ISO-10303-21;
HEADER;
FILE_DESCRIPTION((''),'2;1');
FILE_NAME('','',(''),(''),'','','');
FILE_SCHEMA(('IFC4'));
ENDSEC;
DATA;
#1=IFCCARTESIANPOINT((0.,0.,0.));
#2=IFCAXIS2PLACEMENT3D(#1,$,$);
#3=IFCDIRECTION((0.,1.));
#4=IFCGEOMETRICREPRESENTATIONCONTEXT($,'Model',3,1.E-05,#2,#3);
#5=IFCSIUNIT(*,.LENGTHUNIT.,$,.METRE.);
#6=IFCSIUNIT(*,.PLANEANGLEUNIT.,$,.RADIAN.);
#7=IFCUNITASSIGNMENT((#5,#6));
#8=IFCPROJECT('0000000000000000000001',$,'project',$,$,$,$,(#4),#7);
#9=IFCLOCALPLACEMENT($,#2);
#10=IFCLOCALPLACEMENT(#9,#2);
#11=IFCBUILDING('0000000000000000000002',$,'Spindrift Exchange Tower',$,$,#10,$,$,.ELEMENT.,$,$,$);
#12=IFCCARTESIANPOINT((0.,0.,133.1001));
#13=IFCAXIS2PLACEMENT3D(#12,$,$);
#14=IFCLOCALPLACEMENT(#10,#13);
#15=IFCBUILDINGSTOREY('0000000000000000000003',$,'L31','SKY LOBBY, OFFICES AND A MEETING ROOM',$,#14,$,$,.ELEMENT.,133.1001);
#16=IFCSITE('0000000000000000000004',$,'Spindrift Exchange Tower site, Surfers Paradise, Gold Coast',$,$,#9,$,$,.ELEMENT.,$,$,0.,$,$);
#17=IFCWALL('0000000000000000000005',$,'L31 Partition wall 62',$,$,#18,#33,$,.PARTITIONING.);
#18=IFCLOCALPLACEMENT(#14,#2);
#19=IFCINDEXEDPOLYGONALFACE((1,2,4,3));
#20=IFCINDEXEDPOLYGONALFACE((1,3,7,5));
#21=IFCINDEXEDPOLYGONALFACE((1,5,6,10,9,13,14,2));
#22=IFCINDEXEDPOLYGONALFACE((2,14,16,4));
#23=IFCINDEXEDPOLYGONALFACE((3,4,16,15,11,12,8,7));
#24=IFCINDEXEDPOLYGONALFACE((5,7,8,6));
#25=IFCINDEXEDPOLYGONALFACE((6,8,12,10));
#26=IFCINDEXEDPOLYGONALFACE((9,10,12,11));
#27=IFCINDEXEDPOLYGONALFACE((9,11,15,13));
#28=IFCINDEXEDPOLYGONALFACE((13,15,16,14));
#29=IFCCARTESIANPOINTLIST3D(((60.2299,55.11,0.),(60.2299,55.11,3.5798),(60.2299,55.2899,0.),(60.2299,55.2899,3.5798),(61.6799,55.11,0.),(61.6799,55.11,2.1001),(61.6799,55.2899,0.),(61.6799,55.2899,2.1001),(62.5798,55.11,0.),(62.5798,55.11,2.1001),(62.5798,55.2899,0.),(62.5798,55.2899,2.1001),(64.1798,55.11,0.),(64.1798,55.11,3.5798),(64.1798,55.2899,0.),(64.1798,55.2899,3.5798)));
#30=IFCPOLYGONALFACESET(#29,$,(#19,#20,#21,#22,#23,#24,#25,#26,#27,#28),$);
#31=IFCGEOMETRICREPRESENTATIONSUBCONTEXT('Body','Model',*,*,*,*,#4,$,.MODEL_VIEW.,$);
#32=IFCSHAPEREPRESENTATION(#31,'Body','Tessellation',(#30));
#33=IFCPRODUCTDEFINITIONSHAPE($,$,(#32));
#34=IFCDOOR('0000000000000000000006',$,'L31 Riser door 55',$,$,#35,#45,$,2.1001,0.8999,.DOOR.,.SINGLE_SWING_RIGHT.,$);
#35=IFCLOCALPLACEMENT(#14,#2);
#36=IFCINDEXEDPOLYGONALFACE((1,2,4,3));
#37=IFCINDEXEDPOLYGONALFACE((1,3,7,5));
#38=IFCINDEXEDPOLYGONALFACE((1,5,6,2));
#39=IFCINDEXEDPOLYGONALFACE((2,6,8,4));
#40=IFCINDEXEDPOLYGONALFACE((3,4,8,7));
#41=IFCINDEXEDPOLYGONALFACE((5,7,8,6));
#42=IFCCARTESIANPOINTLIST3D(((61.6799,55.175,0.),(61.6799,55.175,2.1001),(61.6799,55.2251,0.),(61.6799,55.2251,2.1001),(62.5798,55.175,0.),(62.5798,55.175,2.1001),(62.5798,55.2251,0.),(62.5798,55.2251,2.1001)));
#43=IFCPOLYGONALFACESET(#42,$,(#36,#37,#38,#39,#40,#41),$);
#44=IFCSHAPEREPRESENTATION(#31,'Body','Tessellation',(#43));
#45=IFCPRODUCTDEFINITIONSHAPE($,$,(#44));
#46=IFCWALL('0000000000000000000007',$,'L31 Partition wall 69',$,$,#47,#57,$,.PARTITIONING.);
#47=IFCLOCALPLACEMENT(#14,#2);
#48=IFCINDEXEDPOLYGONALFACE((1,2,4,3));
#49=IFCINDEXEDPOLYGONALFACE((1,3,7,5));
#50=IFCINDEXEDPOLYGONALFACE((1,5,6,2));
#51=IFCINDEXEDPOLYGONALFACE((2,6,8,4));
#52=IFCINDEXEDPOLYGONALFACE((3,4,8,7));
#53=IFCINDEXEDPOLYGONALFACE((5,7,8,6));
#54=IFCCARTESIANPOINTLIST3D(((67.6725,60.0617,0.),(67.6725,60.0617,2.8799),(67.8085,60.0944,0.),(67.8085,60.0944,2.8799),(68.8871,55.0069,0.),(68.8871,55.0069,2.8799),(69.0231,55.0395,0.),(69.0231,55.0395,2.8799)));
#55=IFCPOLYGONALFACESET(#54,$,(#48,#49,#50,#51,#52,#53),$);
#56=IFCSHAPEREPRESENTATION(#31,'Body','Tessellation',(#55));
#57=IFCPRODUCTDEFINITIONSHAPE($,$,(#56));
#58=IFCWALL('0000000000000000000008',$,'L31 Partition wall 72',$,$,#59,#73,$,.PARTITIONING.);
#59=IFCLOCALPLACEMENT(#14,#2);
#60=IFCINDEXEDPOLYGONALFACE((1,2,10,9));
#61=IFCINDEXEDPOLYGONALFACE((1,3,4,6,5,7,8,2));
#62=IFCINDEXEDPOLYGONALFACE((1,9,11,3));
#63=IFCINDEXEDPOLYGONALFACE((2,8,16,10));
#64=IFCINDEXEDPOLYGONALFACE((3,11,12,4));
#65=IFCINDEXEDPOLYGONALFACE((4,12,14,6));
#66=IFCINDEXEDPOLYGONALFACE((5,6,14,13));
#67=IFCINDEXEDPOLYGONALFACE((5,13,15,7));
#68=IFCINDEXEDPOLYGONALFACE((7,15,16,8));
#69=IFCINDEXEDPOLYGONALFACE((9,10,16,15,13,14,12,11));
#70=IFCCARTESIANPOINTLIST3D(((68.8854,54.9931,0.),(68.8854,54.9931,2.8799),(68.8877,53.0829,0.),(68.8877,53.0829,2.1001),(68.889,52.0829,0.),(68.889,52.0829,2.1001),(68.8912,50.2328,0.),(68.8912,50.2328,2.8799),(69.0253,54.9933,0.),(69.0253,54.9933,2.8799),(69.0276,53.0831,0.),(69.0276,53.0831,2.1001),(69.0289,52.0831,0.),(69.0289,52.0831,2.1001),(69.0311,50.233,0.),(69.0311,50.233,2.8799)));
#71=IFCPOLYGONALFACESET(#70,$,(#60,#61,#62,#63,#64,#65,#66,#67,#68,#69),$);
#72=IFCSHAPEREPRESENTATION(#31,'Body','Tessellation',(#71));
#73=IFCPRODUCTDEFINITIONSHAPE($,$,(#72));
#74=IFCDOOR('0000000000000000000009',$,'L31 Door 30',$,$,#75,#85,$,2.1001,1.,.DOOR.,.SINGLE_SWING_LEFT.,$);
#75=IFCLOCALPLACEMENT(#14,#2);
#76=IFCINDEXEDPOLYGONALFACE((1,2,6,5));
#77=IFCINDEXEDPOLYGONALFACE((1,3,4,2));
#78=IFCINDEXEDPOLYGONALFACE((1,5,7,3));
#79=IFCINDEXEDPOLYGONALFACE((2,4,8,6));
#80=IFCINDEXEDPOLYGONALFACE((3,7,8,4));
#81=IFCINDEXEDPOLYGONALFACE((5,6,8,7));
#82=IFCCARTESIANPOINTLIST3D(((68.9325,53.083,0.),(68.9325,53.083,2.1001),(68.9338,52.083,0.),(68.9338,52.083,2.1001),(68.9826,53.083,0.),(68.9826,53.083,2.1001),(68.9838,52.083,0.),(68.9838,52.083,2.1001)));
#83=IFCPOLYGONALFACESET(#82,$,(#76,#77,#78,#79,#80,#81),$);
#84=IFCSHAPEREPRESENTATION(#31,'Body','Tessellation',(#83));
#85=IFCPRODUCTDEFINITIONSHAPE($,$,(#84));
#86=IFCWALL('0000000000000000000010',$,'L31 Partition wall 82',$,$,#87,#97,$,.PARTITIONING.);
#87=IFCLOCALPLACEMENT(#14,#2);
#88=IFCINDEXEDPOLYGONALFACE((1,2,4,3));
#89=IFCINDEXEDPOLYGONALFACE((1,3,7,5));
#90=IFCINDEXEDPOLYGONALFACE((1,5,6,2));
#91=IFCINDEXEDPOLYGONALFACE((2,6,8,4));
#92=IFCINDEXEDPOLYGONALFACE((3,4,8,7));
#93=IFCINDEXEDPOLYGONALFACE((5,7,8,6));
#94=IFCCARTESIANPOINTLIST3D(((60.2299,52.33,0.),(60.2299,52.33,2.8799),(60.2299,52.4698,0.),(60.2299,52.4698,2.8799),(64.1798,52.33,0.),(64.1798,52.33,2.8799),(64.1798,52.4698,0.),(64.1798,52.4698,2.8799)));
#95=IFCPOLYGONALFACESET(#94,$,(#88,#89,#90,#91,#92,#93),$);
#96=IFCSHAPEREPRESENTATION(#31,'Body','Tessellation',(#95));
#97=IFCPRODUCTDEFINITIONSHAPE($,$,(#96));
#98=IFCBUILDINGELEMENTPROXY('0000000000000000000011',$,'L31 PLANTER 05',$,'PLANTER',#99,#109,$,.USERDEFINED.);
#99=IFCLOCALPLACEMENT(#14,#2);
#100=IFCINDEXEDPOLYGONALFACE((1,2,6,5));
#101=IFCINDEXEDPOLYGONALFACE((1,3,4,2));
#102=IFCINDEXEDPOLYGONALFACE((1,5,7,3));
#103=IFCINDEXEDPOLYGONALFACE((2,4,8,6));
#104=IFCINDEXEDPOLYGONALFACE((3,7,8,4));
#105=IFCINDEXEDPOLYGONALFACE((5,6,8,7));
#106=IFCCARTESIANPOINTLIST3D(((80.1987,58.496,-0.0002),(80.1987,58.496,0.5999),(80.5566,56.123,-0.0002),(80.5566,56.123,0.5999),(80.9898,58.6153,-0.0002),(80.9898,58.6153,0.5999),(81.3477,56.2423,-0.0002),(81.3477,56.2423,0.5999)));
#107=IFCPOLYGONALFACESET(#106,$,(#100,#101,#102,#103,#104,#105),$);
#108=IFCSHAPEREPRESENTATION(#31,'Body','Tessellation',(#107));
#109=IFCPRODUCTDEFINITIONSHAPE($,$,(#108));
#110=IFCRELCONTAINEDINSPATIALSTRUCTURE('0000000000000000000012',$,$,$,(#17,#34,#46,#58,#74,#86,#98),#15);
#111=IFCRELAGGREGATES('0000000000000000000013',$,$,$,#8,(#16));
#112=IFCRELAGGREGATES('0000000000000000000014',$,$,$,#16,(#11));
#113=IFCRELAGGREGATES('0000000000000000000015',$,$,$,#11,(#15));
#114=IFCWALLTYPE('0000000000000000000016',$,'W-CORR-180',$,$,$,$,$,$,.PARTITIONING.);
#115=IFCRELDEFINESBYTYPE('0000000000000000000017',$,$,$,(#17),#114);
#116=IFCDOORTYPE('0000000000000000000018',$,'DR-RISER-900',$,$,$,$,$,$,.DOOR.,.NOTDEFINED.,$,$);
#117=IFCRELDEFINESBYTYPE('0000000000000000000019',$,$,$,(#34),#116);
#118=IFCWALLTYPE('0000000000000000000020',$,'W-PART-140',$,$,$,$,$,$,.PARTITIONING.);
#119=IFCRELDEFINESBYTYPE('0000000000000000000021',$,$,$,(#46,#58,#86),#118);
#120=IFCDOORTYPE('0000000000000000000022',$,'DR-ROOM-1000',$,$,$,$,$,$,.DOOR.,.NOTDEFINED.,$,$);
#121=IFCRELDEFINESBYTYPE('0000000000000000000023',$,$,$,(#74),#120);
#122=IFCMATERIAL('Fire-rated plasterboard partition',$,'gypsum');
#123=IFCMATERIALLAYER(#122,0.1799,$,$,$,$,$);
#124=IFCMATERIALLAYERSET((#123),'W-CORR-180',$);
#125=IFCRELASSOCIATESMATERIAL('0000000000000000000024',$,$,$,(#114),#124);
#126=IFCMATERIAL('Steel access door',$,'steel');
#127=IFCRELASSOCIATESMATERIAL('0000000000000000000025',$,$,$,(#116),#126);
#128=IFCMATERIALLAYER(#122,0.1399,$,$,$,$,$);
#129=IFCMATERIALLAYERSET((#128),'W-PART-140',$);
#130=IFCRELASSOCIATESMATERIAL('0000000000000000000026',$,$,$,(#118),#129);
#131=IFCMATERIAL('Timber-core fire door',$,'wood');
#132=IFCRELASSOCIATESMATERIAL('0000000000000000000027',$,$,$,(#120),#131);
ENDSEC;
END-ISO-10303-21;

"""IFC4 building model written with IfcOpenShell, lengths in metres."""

from ifc_helpers import new_model, si_unit, direction, frame, frame_2d, origin, origin_2d, place, context, subcontext, project, spatial, rectangle, extrude, source, transform, mapped, material, layer, layer_set, type_object, element, fill, save


model = new_model("IFC4")

# Units and contexts
model_context = context("Model", 3, precision=1e-05, world=origin(), true_north=direction((0.0, 1.0)))
body_context = subcontext(model_context, "Body", "Model", "MODEL_VIEW")
ifc_project = project(units=[si_unit("LENGTHUNIT", "METRE"), si_unit("PLANEANGLEUNIT", "RADIAN")], contexts=[model_context])

# Site, building, storey
site_placement = place(None, origin())
site = spatial("IfcSite", under=ifc_project, at=site_placement, Name="Spindrift Exchange Tower site, Surfers Paradise, Gold Coast", CompositionType="ELEMENT", RefElevation=0.0)
building_placement = place(site_placement, origin())
building = spatial("IfcBuilding", under=site, at=building_placement, Name="Spindrift Exchange Tower", CompositionType="ELEMENT")
storey_placement = place(building_placement, frame((0.0, 0.0, 133.1001)))
storey = spatial("IfcBuildingStorey", under=building, at=storey_placement, Name="L31", Description="SKY LOBBY, OFFICES AND A MEETING ROOM", CompositionType="ELEMENT", Elevation=133.1001)

# Wall, opening, door
ifc_material_1 = material(Name="Fire-rated plasterboard partition", Category="gypsum")
ifc_layer_1 = layer(ifc_material_1, 0.1799)
ifc_layer_set_1 = layer_set([ifc_layer_1], Name="W-CORR-180")
wall_type_1 = type_object("IfcWallType", Name="W-CORR-180", PredefinedType="PARTITIONING", material=ifc_layer_set_1)
wall_1_placement = place(storey_placement, frame((64.1799, 55.2, 0.0), z_axis=(0.0, 0.0, 1.0), x_axis=(-1.0, 0.0, 0.0)))
wall_1 = element("IfcWall", 1, at=wall_1_placement, inside=storey, type_object=wall_type_1, Name="L31 Partition wall 62", PredefinedType="PARTITIONING", context=body_context, shape_type="SweptSolid", body=[
    extrude(rectangle(XDim=3.95, YDim=0.1799, at=frame_2d((1.9751, 0.0))), origin(), (0.0, 0.0, 1.0), 3.5798),
])
opening_1_placement = place(wall_1_placement, frame((1.6001, 0.0, 0.0)))
opening_1 = element("IfcOpeningElement", 2, at=opening_1_placement, cuts=wall_1, PredefinedType="OPENING", context=body_context, shape_type="SweptSolid", body=[
    extrude(rectangle(XDim=0.8999, YDim=2.1001, at=frame_2d((0.45, 1.05))), frame((0.0, 0.0999, 0.0), z_axis=(0.0, -1.0, 0.0), x_axis=(1.0, 0.0, 0.0)), (0.0, 0.0, 1.0), 0.2),
])
ifc_material_2 = material(Name="Steel access door", Category="steel")
door_type_1 = type_object("IfcDoorType", Name="DR-RISER-900", OperationType="NOTDEFINED", PredefinedType="DOOR", material=ifc_material_2)
shared_shape_1 = source(origin(), body_context, "Body", "SweptSolid", [
    extrude(rectangle(XDim=0.8999, YDim=2.1001, at=frame_2d((0.45, 1.05))), frame((0.0, 0.0249, 0.0), z_axis=(0.0, -1.0, 0.0), x_axis=(1.0, 0.0, 0.0)), (0.0, 0.0, 1.0), 0.05),
])
door_1_placement = place(opening_1_placement, origin())
door_1 = element("IfcDoor", 3, at=door_1_placement, inside=storey, type_object=door_type_1, Name="L31 Riser door 55", OperationType="SINGLE_SWING_RIGHT", OverallHeight=2.1001, OverallWidth=0.8999, PredefinedType="DOOR", context=body_context, shape_type="MappedRepresentation", body=[
    mapped(shared_shape_1, transform((0.0, 0.0, 0.0), scale=1.0)),
])
fill(opening_1, door_1)

# Wall
ifc_layer_2 = layer(ifc_material_1, 0.1399)
ifc_layer_set_2 = layer_set([ifc_layer_2], Name="W-PART-140")
wall_type_2 = type_object("IfcWallType", Name="W-PART-140", PredefinedType="PARTITIONING", material=ifc_layer_set_2)
wall_2_placement = place(storey_placement, frame((68.9551, 55.0232, 0.0), z_axis=(0.0, 0.0, 1.0), x_axis=(-0.23363, 0.972325, 0.0)))
element("IfcWall", 4, at=wall_2_placement, inside=storey, type_object=wall_type_2, Name="L31 Partition wall 69", PredefinedType="PARTITIONING", context=body_context, shape_type="SweptSolid", body=[
    extrude(rectangle(XDim=5.1987, YDim=0.1399, at=frame_2d((2.5994, 0.0))), origin(), (0.0, 0.0, 1.0), 2.8799),
])

# Wall, opening, door
wall_3_placement = place(storey_placement, frame((68.9553, 54.9932, 0.0), z_axis=(0.0, 0.0, 1.0), x_axis=(0.001231, -0.999999, 0.0)))
wall_3 = element("IfcWall", 5, at=wall_3_placement, inside=storey, type_object=wall_type_2, Name="L31 Partition wall 72", PredefinedType="PARTITIONING", context=body_context, shape_type="SweptSolid", body=[
    extrude(rectangle(XDim=4.7603, YDim=0.1399, at=frame_2d((2.3801, 0.0))), origin(), (0.0, 0.0, 1.0), 2.8799),
])
opening_2_placement = place(wall_3_placement, frame((1.9102, 0.0, 0.0)))
opening_2 = element("IfcOpeningElement", 6, at=opening_2_placement, cuts=wall_3, PredefinedType="OPENING", context=body_context, shape_type="SweptSolid", body=[
    extrude(rectangle(XDim=1.0, YDim=2.1001, at=frame_2d((0.5, 1.05))), frame((0.0, 0.0798, 0.0), z_axis=(0.0, -1.0, 0.0), x_axis=(1.0, 0.0, 0.0)), (0.0, 0.0, 1.0), 0.1599),
])
ifc_material_3 = material(Name="Timber-core fire door", Category="wood")
door_type_2 = type_object("IfcDoorType", Name="DR-ROOM-1000", OperationType="NOTDEFINED", PredefinedType="DOOR", material=ifc_material_3)
shared_shape_2 = source(origin(), body_context, "Body", "SweptSolid", [
    extrude(rectangle(XDim=1.0, YDim=2.1001, at=frame_2d((0.5, 1.05))), frame((0.0, 0.0249, 0.0), z_axis=(0.0, -1.0, 0.0), x_axis=(1.0, 0.0, 0.0)), (0.0, 0.0, 1.0), 0.05),
])
door_2_placement = place(opening_2_placement, origin())
door_2 = element("IfcDoor", 7, at=door_2_placement, inside=storey, type_object=door_type_2, Name="L31 Door 30", OperationType="SINGLE_SWING_LEFT", OverallHeight=2.1001, OverallWidth=1.0, PredefinedType="DOOR", context=body_context, shape_type="MappedRepresentation", body=[
    mapped(shared_shape_2, transform((0.0, 0.0, 0.0), scale=1.0)),
])
fill(opening_2, door_2)

# Wall
wall_4_placement = place(storey_placement, frame((64.1799, 52.3999, 0.0), z_axis=(0.0, 0.0, 1.0), x_axis=(-1.0, 0.0, 0.0)))
element("IfcWall", 8, at=wall_4_placement, inside=storey, type_object=wall_type_2, Name="L31 Partition wall 82", PredefinedType="PARTITIONING", context=body_context, shape_type="SweptSolid", body=[
    extrude(rectangle(XDim=3.95, YDim=0.1399, at=frame_2d((1.9751, 0.0))), origin(), (0.0, 0.0, 1.0), 2.8799),
])

# Building element proxy
shared_shape_3 = source(origin(), body_context, "Body", "SweptSolid", [
    extrude(rectangle(XDim=2.3999, YDim=0.8, at=origin_2d()), origin(), (0.0, 0.0, 1.0), 0.6001),
])
proxy_placement = place(storey_placement, frame((80.7732, 57.3691, -0.0002), z_axis=(0.0, 0.0, 1.0), x_axis=(0.149138, -0.988816, 0.0)))
element("IfcBuildingElementProxy", 9, at=proxy_placement, inside=storey, Name="L31 PLANTER 05", ObjectType="PLANTER", PredefinedType="USERDEFINED", context=body_context, shape_type="MappedRepresentation", body=[
    mapped(shared_shape_3, transform((0.0, 0.0, 0.0), scale=1.0)),
])

save(model, "model.ifc")
